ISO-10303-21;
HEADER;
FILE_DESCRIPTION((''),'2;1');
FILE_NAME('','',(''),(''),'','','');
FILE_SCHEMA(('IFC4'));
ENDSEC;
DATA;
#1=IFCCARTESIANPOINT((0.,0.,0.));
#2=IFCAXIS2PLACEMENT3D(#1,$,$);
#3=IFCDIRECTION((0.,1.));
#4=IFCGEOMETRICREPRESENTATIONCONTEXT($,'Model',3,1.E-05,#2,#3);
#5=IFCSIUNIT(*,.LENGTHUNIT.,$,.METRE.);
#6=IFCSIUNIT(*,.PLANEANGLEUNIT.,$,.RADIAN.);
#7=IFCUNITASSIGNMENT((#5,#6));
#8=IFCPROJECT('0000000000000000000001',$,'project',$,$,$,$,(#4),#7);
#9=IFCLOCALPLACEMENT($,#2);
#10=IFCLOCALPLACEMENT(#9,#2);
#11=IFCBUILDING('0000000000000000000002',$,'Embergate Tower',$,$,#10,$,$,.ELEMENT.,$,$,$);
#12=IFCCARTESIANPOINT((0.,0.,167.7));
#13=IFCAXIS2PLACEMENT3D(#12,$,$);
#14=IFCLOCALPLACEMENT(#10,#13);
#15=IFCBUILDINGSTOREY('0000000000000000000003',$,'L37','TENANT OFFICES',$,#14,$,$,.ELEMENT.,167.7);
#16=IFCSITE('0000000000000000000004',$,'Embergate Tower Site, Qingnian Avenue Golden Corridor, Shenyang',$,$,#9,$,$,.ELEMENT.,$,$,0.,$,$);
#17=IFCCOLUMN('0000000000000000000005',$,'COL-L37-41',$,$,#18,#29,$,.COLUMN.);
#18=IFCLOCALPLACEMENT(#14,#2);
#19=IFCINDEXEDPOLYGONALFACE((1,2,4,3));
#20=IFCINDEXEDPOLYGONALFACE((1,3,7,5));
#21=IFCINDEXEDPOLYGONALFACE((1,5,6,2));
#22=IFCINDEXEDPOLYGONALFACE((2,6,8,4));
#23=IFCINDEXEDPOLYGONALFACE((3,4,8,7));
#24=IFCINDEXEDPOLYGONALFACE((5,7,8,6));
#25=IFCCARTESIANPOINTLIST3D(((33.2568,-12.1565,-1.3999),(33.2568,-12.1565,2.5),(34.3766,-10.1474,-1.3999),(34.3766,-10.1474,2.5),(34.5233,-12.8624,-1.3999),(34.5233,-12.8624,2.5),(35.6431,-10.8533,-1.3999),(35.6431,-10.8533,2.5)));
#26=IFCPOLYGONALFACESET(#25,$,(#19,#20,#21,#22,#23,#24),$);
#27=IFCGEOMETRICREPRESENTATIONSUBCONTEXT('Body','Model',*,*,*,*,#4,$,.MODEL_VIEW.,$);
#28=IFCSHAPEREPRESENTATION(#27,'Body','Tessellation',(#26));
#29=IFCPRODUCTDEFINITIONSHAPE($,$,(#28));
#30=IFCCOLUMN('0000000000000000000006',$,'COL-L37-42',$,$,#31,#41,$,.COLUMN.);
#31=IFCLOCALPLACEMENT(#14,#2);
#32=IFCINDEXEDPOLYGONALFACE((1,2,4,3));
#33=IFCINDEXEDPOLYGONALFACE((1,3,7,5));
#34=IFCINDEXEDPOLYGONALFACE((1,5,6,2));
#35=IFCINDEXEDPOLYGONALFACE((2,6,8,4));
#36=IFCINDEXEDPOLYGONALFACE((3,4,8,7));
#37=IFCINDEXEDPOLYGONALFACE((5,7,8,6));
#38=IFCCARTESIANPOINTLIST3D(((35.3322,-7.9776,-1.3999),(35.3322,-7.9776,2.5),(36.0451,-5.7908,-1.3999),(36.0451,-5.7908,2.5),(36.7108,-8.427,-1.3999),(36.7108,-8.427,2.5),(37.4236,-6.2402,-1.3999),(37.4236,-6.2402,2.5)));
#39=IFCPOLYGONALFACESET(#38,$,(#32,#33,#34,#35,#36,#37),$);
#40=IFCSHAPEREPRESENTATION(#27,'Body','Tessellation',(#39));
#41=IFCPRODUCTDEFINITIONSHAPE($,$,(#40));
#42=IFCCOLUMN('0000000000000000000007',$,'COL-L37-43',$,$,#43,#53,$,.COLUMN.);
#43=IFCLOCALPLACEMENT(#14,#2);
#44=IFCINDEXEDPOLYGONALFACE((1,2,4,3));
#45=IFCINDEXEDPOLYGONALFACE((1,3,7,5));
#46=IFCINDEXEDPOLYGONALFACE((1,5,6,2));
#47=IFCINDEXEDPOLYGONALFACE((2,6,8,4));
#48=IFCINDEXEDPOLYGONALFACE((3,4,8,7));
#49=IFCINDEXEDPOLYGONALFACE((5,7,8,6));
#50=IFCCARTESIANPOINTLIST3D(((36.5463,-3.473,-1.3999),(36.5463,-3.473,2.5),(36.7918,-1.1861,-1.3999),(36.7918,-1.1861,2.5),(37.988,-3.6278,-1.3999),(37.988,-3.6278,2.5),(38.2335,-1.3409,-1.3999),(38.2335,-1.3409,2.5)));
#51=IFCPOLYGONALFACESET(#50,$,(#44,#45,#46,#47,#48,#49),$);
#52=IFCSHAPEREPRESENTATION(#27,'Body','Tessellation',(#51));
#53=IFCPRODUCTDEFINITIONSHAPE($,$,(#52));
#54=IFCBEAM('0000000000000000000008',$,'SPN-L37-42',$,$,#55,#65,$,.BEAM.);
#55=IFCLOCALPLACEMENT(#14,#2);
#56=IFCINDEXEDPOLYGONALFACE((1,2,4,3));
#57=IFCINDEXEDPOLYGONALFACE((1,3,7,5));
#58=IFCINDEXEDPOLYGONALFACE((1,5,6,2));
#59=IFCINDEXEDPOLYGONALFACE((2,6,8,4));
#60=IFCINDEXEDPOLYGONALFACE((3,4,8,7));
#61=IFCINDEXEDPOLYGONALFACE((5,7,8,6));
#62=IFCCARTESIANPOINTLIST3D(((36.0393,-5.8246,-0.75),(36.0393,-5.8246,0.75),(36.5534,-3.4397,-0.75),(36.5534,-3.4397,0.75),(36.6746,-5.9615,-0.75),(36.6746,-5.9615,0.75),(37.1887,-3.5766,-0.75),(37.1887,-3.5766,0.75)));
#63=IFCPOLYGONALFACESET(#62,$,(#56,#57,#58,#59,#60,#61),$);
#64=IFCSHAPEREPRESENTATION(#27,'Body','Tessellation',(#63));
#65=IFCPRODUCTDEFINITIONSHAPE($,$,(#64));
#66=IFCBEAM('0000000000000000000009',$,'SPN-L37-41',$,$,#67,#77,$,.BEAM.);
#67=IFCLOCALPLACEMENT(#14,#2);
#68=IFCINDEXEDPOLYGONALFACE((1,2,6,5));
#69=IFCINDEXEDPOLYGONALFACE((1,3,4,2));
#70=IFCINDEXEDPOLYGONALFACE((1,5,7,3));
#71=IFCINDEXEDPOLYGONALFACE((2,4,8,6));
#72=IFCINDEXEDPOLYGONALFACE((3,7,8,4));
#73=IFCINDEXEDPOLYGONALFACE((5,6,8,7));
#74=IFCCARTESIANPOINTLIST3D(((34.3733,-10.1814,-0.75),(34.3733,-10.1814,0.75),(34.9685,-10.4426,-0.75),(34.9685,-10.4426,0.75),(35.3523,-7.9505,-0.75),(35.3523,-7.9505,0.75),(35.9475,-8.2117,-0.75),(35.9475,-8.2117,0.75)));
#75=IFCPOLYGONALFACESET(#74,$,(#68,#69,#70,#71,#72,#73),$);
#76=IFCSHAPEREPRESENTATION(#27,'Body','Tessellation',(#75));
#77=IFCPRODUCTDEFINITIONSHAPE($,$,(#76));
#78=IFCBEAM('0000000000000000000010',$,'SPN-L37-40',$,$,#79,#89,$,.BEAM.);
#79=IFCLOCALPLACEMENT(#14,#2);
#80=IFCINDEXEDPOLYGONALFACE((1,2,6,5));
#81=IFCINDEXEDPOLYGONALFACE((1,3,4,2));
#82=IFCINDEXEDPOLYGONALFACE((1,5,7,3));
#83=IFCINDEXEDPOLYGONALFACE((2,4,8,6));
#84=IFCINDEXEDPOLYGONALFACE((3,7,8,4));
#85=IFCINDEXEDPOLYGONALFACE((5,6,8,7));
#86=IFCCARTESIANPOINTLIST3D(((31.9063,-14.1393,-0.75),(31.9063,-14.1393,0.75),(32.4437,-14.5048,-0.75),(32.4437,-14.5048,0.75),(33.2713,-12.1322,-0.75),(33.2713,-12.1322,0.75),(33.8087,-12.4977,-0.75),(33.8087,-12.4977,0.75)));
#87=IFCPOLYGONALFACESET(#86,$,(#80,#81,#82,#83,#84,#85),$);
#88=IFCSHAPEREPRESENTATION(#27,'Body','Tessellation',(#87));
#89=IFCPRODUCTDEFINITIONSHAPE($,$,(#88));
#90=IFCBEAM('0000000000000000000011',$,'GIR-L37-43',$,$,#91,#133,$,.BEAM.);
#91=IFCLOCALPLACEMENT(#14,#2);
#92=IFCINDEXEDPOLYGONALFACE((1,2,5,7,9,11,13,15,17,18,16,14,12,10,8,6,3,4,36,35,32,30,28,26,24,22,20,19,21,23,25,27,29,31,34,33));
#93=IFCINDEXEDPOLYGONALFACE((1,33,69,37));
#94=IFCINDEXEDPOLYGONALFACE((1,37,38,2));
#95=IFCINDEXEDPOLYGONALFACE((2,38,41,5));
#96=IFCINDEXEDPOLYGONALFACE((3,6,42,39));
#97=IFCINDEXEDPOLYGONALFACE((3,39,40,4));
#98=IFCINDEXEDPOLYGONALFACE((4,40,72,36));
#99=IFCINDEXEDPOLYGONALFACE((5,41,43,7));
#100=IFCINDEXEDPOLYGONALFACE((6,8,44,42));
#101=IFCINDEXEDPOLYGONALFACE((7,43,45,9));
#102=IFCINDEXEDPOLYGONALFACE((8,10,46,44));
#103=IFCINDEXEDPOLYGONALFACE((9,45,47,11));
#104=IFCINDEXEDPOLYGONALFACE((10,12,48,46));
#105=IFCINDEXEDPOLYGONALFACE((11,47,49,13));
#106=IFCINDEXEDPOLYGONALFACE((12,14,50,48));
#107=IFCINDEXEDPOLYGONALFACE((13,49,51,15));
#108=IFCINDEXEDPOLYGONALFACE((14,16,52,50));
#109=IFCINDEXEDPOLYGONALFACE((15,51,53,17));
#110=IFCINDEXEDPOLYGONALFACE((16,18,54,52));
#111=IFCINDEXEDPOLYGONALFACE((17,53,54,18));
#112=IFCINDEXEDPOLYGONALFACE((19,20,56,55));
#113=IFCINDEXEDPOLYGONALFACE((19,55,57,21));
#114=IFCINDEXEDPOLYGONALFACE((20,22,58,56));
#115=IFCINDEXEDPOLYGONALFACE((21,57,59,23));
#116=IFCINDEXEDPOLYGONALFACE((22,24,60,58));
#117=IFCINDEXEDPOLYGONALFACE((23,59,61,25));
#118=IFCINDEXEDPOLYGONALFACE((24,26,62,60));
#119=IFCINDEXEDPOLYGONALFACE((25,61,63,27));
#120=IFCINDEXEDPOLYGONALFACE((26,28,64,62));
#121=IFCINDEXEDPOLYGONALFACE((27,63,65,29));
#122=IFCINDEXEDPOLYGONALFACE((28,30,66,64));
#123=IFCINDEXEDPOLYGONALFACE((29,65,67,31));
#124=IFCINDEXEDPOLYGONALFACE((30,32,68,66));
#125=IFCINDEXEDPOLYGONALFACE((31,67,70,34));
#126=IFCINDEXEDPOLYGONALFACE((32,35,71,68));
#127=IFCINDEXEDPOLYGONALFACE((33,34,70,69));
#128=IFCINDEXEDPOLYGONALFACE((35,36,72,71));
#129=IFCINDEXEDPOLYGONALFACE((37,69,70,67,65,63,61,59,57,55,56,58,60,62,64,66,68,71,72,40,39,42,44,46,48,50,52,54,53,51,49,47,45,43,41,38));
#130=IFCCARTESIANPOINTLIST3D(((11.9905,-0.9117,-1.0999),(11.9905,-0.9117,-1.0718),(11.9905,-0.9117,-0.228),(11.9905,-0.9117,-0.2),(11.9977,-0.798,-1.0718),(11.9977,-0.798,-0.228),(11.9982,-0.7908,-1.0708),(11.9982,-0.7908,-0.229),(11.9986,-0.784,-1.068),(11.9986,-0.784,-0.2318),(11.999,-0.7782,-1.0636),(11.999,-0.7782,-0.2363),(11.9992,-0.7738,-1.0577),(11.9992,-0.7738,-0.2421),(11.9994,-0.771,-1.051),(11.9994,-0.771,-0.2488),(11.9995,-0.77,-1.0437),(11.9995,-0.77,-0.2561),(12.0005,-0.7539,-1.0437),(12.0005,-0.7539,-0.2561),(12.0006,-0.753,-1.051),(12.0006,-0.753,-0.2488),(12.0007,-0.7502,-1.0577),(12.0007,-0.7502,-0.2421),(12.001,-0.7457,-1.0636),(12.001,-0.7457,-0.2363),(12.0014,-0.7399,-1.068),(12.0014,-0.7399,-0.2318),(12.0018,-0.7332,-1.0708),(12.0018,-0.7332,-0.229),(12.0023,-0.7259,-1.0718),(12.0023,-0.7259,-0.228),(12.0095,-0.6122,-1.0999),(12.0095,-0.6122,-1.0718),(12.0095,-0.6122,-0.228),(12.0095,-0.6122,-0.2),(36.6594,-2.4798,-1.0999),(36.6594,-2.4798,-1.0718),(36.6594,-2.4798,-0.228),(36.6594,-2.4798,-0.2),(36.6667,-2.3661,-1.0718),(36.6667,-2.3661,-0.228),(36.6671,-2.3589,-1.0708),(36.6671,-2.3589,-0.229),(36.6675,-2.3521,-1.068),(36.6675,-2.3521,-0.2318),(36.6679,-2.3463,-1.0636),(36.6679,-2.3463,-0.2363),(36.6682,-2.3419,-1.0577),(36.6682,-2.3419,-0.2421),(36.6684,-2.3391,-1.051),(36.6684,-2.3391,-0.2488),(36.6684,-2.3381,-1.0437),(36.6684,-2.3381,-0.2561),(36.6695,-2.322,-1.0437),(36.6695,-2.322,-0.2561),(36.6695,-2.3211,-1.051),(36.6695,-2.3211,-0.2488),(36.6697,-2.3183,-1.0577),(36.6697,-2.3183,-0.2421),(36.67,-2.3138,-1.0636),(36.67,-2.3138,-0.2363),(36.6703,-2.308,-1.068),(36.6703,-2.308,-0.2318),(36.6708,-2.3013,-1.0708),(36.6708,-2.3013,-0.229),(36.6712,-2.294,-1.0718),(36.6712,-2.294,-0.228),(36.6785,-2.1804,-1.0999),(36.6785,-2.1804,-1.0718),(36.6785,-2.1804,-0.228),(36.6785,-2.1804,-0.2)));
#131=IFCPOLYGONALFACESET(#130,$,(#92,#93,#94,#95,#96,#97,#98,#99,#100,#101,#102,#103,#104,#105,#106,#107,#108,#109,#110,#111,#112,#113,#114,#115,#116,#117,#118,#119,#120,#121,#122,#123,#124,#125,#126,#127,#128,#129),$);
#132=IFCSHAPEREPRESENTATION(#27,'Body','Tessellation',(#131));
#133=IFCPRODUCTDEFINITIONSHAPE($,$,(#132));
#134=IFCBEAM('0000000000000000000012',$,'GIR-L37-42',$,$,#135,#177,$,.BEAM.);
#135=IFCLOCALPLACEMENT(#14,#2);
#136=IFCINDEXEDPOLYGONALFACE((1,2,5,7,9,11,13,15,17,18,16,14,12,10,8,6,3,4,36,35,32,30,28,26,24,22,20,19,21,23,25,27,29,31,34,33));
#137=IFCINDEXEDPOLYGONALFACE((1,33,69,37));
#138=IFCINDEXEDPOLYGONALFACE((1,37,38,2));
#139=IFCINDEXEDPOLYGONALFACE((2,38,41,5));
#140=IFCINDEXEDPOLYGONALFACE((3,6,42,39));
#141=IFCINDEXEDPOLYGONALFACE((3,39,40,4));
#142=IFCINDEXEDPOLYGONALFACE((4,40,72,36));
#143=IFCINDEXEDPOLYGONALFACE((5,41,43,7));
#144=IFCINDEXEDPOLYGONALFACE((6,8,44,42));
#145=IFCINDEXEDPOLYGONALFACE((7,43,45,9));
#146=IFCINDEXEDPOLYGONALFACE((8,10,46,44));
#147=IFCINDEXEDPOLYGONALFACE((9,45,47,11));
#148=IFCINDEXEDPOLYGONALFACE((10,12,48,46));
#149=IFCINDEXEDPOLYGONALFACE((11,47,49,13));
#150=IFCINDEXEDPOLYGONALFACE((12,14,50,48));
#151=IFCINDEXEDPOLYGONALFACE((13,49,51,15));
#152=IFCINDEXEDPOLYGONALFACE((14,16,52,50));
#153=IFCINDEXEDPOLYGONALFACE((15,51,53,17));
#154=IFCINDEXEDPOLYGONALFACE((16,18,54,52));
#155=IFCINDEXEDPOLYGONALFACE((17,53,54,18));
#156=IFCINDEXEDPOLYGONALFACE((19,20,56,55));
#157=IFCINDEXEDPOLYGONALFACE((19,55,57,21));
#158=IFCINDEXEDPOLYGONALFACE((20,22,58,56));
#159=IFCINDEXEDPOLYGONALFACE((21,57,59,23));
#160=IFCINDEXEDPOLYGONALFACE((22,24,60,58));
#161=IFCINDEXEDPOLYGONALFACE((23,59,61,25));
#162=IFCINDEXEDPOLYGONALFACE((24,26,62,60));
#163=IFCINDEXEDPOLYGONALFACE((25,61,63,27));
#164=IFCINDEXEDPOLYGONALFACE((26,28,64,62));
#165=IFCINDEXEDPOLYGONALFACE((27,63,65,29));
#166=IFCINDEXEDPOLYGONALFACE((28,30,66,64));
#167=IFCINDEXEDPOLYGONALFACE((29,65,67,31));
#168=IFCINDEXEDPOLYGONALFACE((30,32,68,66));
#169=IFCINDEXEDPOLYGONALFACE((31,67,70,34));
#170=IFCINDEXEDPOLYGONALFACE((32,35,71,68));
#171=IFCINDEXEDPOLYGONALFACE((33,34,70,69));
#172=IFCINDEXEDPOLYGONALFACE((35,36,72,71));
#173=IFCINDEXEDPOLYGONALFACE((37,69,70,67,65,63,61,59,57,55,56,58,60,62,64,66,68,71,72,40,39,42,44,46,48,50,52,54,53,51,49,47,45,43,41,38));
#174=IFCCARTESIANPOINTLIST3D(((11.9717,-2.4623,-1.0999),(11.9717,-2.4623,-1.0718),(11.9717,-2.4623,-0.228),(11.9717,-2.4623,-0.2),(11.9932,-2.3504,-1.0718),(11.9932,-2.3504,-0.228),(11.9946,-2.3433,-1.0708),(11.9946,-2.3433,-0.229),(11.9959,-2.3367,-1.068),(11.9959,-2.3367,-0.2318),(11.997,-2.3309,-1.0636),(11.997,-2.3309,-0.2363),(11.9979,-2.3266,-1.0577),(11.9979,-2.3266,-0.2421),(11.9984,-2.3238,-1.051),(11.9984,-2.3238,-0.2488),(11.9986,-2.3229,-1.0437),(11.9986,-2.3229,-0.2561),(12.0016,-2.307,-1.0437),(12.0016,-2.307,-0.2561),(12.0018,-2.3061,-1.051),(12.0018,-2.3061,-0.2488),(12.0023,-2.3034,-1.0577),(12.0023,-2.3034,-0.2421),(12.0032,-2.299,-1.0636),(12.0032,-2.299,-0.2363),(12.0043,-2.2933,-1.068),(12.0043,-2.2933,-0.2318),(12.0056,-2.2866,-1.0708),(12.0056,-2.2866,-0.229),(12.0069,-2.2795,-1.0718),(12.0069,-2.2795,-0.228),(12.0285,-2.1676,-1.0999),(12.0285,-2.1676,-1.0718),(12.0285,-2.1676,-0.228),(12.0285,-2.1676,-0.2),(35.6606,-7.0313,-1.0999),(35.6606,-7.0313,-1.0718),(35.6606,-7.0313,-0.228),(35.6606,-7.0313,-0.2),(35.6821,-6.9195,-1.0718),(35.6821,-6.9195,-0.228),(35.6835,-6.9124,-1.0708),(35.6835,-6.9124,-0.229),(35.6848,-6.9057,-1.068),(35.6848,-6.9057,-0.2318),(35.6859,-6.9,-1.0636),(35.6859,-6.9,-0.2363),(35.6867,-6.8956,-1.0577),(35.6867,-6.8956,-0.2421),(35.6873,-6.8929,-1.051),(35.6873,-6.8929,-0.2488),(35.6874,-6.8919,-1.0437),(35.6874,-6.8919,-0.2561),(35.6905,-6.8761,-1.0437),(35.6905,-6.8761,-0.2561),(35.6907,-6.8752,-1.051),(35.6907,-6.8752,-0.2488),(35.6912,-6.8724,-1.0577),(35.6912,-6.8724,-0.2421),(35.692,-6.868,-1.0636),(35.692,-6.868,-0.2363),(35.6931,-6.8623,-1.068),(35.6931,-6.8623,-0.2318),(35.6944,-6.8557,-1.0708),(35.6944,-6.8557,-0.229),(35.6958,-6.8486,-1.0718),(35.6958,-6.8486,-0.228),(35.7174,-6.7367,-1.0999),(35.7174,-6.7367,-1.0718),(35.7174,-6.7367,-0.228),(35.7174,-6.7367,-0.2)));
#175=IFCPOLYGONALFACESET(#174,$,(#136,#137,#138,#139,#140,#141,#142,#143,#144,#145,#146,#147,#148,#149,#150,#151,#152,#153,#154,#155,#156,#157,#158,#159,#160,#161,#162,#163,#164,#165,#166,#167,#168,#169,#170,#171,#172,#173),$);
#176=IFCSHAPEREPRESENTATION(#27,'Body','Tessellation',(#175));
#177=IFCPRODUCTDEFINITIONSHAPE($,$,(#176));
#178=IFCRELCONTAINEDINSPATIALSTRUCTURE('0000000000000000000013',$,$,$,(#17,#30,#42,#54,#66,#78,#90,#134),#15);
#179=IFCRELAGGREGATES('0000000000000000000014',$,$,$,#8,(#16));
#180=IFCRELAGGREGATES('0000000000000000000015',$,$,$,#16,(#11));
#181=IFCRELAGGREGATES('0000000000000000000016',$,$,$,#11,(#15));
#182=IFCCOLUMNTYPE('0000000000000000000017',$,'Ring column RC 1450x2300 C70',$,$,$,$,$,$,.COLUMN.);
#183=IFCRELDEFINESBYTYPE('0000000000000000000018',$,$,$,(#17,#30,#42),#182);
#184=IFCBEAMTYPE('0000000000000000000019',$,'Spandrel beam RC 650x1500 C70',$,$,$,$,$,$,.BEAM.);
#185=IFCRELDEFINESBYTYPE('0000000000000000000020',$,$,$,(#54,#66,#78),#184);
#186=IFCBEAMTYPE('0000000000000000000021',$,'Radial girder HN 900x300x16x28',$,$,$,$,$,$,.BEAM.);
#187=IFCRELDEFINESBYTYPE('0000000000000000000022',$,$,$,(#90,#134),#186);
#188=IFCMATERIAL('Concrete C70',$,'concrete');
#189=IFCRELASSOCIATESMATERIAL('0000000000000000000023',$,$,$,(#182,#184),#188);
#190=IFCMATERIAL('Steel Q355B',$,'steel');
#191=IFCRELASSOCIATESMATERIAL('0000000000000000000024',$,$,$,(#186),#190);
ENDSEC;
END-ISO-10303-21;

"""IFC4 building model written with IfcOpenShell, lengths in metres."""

from ifc_helpers import new_model, si_unit, direction, frame, origin, origin_2d, place, context, subcontext, project, spatial, rectangle, i_section, extrude, source, transform, mapped, material, material_profile, profile_set, type_object, element, save


model = new_model("IFC4")

# Units and contexts
model_context = context("Model", 3, precision=1e-05, world=origin(), true_north=direction((0.0, 1.0)))
body_context = subcontext(model_context, "Body", "Model", "MODEL_VIEW")
ifc_project = project(units=[si_unit("LENGTHUNIT", "METRE"), si_unit("PLANEANGLEUNIT", "RADIAN")], contexts=[model_context])

# Site, building, storey
site_placement = place(None, origin())
site = spatial("IfcSite", under=ifc_project, at=site_placement, Name="Embergate Tower Site, Qingnian Avenue Golden Corridor, Shenyang", CompositionType="ELEMENT", RefElevation=0.0)
building_placement = place(site_placement, origin())
building = spatial("IfcBuilding", under=site, at=building_placement, Name="Embergate Tower", CompositionType="ELEMENT")
storey_placement = place(building_placement, frame((0.0, 0.0, 167.7)))
storey = spatial("IfcBuildingStorey", under=building, at=storey_placement, Name="L37", Description="TENANT OFFICES", CompositionType="ELEMENT", Elevation=167.7)

# Columns
ifc_material_1 = material(Name="Concrete C70", Category="concrete")
ifc_material_profile_1 = material_profile(ifc_material_1, rectangle(XDim=1.45, YDim=2.3, at=origin_2d()), Name="RC 1450x2300")
ifc_profile_set_1 = profile_set([ifc_material_profile_1], Name="Concrete C70")
column_type = type_object("IfcColumnType", Name="Ring column RC 1450x2300 C70", PredefinedType="COLUMN", material=ifc_profile_set_1)
shared_shape_1 = source(origin(), body_context, "Body", "SweptSolid", [
    extrude(rectangle(XDim=1.45, YDim=2.3, at=origin_2d()), origin(), (0.0, 0.0, 1.0), 3.8999),
])
for number, where, z_axis, x_axis, name in (
    (1, (34.45, -11.5049, -1.3999), (0.0, 0.0, 1.0), (0.873492, -0.486839, 0.0), "COL-L37-41"),
    (2, (36.3779, -7.1089, -1.3999), (0.0, 0.0, 1.0), (0.950754, -0.309946, 0.0), "COL-L37-42"),
    (3, (37.3899, -2.407, -1.3999), (0.0, 0.0, 1.0), (0.994286, -0.10675, 0.0), "COL-L37-43"),
):
    element("IfcColumn", number, at=place(storey_placement, frame(where, z_axis=z_axis, x_axis=x_axis)), inside=storey, type_object=column_type, Name=name, PredefinedType="COLUMN", context=body_context, shape_type="MappedRepresentation", body=[
        mapped(shared_shape_1, transform((0.0, 0.0, 0.0))),
    ])

# Beams
ifc_material_profile_2 = material_profile(ifc_material_1, rectangle(XDim=0.6499, YDim=1.5, at=origin_2d()), Name="RC 650x1500")
ifc_profile_set_2 = profile_set([ifc_material_profile_2], Name="Concrete C70")
beam_type_1 = type_object("IfcBeamType", Name="Spandrel beam RC 650x1500 C70", PredefinedType="BEAM", material=ifc_profile_set_2)
shared_shape_2 = source(origin(), body_context, "Body", "SweptSolid", [
    extrude(rectangle(XDim=0.6499, YDim=1.5, at=origin_2d()), origin(), (0.0, 0.0, 1.0), 2.4397),
])
beam_1_placement = place(storey_placement, frame((36.3569, -5.8931, 0.0), z_axis=(0.210739, 0.977542, 0.0), x_axis=(-0.977542, 0.210739, 0.0)))
element("IfcBeam", 4, at=beam_1_placement, inside=storey, type_object=beam_type_1, Name="SPN-L37-42", PredefinedType="BEAM", context=body_context, shape_type="MappedRepresentation", body=[
    mapped(shared_shape_2, transform((0.0, 0.0, 0.0))),
])
shared_shape_3 = source(origin(), body_context, "Body", "SweptSolid", [
    extrude(rectangle(XDim=0.6499, YDim=1.5, at=origin_2d()), origin(), (0.0, 0.0, 1.0), 2.4363),
])
beam_2_placement = place(storey_placement, frame((34.6709, -10.312, 0.0), z_axis=(0.401838, 0.915711, 0.0), x_axis=(-0.915711, 0.401838, 0.0)))
element("IfcBeam", 5, at=beam_2_placement, inside=storey, type_object=beam_type_1, Name="SPN-L37-41", PredefinedType="BEAM", context=body_context, shape_type="MappedRepresentation", body=[
    mapped(shared_shape_3, transform((0.0, 0.0, 0.0))),
])
shared_shape_4 = source(origin(), body_context, "Body", "SweptSolid", [
    extrude(rectangle(XDim=0.6499, YDim=1.5, at=origin_2d()), origin(), (0.0, 0.0, 1.0), 2.4272),
])
beam_3_placement = place(storey_placement, frame((32.175, -14.322, 0.0), z_axis=(0.56236, 0.826893, 0.0), x_axis=(-0.826893, 0.56236, 0.0)))
element("IfcBeam", 6, at=beam_3_placement, inside=storey, type_object=beam_type_1, Name="SPN-L37-40", PredefinedType="BEAM", context=body_context, shape_type="MappedRepresentation", body=[
    mapped(shared_shape_4, transform((0.0, 0.0, 0.0))),
])
ifc_material_2 = material(Name="Steel Q355B", Category="steel")
ifc_material_profile_3 = material_profile(ifc_material_2, i_section(OverallWidth=0.3, OverallDepth=0.8999, WebThickness=0.0161, FlangeThickness=0.0281, FilletRadius=0.0281, at=origin_2d()), Name="HN 900x300x16x28")
ifc_profile_set_3 = profile_set([ifc_material_profile_3], Name="Steel Q355 grade B")
beam_type_2 = type_object("IfcBeamType", Name="Radial girder HN 900x300x16x28", PredefinedType="BEAM", material=ifc_profile_set_3)
shared_shape_5 = source(origin(), body_context, "Body", "SweptSolid", [
    extrude(i_section(OverallWidth=0.3, OverallDepth=0.8999, WebThickness=0.0161, FlangeThickness=0.0281, FilletRadius=0.0281, at=origin_2d()), origin(), (0.0, 0.0, 1.0), 24.7188),
])
beam_4_placement = place(storey_placement, frame((36.6689, -2.3301, -0.6499), z_axis=(-0.997986, 0.063438, 0.0), x_axis=(-0.063438, -0.997986, 0.0)))
element("IfcBeam", 7, at=beam_4_placement, inside=storey, type_object=beam_type_2, Name="GIR-L37-43", PredefinedType="BEAM", context=body_context, shape_type="MappedRepresentation", body=[
    mapped(shared_shape_5, transform((0.0, 0.0, 0.0))),
])
shared_shape_6 = source(origin(), body_context, "Body", "SweptSolid", [
    extrude(i_section(OverallWidth=0.3, OverallDepth=0.8999, WebThickness=0.0161, FlangeThickness=0.0281, FilletRadius=0.0281, at=origin_2d()), origin(), (0.0, 0.0, 1.0), 24.1255),
])
beam_5_placement = place(storey_placement, frame((35.689, -6.884, -0.6499), z_axis=(-0.981902, 0.189388, 0.0), x_axis=(-0.189388, -0.981902, 0.0)))
element("IfcBeam", 8, at=beam_5_placement, inside=storey, type_object=beam_type_2, Name="GIR-L37-42", PredefinedType="BEAM", context=body_context, shape_type="MappedRepresentation", body=[
    mapped(shared_shape_6, transform((0.0, 0.0, 0.0))),
])

save(model, "model.ifc")
